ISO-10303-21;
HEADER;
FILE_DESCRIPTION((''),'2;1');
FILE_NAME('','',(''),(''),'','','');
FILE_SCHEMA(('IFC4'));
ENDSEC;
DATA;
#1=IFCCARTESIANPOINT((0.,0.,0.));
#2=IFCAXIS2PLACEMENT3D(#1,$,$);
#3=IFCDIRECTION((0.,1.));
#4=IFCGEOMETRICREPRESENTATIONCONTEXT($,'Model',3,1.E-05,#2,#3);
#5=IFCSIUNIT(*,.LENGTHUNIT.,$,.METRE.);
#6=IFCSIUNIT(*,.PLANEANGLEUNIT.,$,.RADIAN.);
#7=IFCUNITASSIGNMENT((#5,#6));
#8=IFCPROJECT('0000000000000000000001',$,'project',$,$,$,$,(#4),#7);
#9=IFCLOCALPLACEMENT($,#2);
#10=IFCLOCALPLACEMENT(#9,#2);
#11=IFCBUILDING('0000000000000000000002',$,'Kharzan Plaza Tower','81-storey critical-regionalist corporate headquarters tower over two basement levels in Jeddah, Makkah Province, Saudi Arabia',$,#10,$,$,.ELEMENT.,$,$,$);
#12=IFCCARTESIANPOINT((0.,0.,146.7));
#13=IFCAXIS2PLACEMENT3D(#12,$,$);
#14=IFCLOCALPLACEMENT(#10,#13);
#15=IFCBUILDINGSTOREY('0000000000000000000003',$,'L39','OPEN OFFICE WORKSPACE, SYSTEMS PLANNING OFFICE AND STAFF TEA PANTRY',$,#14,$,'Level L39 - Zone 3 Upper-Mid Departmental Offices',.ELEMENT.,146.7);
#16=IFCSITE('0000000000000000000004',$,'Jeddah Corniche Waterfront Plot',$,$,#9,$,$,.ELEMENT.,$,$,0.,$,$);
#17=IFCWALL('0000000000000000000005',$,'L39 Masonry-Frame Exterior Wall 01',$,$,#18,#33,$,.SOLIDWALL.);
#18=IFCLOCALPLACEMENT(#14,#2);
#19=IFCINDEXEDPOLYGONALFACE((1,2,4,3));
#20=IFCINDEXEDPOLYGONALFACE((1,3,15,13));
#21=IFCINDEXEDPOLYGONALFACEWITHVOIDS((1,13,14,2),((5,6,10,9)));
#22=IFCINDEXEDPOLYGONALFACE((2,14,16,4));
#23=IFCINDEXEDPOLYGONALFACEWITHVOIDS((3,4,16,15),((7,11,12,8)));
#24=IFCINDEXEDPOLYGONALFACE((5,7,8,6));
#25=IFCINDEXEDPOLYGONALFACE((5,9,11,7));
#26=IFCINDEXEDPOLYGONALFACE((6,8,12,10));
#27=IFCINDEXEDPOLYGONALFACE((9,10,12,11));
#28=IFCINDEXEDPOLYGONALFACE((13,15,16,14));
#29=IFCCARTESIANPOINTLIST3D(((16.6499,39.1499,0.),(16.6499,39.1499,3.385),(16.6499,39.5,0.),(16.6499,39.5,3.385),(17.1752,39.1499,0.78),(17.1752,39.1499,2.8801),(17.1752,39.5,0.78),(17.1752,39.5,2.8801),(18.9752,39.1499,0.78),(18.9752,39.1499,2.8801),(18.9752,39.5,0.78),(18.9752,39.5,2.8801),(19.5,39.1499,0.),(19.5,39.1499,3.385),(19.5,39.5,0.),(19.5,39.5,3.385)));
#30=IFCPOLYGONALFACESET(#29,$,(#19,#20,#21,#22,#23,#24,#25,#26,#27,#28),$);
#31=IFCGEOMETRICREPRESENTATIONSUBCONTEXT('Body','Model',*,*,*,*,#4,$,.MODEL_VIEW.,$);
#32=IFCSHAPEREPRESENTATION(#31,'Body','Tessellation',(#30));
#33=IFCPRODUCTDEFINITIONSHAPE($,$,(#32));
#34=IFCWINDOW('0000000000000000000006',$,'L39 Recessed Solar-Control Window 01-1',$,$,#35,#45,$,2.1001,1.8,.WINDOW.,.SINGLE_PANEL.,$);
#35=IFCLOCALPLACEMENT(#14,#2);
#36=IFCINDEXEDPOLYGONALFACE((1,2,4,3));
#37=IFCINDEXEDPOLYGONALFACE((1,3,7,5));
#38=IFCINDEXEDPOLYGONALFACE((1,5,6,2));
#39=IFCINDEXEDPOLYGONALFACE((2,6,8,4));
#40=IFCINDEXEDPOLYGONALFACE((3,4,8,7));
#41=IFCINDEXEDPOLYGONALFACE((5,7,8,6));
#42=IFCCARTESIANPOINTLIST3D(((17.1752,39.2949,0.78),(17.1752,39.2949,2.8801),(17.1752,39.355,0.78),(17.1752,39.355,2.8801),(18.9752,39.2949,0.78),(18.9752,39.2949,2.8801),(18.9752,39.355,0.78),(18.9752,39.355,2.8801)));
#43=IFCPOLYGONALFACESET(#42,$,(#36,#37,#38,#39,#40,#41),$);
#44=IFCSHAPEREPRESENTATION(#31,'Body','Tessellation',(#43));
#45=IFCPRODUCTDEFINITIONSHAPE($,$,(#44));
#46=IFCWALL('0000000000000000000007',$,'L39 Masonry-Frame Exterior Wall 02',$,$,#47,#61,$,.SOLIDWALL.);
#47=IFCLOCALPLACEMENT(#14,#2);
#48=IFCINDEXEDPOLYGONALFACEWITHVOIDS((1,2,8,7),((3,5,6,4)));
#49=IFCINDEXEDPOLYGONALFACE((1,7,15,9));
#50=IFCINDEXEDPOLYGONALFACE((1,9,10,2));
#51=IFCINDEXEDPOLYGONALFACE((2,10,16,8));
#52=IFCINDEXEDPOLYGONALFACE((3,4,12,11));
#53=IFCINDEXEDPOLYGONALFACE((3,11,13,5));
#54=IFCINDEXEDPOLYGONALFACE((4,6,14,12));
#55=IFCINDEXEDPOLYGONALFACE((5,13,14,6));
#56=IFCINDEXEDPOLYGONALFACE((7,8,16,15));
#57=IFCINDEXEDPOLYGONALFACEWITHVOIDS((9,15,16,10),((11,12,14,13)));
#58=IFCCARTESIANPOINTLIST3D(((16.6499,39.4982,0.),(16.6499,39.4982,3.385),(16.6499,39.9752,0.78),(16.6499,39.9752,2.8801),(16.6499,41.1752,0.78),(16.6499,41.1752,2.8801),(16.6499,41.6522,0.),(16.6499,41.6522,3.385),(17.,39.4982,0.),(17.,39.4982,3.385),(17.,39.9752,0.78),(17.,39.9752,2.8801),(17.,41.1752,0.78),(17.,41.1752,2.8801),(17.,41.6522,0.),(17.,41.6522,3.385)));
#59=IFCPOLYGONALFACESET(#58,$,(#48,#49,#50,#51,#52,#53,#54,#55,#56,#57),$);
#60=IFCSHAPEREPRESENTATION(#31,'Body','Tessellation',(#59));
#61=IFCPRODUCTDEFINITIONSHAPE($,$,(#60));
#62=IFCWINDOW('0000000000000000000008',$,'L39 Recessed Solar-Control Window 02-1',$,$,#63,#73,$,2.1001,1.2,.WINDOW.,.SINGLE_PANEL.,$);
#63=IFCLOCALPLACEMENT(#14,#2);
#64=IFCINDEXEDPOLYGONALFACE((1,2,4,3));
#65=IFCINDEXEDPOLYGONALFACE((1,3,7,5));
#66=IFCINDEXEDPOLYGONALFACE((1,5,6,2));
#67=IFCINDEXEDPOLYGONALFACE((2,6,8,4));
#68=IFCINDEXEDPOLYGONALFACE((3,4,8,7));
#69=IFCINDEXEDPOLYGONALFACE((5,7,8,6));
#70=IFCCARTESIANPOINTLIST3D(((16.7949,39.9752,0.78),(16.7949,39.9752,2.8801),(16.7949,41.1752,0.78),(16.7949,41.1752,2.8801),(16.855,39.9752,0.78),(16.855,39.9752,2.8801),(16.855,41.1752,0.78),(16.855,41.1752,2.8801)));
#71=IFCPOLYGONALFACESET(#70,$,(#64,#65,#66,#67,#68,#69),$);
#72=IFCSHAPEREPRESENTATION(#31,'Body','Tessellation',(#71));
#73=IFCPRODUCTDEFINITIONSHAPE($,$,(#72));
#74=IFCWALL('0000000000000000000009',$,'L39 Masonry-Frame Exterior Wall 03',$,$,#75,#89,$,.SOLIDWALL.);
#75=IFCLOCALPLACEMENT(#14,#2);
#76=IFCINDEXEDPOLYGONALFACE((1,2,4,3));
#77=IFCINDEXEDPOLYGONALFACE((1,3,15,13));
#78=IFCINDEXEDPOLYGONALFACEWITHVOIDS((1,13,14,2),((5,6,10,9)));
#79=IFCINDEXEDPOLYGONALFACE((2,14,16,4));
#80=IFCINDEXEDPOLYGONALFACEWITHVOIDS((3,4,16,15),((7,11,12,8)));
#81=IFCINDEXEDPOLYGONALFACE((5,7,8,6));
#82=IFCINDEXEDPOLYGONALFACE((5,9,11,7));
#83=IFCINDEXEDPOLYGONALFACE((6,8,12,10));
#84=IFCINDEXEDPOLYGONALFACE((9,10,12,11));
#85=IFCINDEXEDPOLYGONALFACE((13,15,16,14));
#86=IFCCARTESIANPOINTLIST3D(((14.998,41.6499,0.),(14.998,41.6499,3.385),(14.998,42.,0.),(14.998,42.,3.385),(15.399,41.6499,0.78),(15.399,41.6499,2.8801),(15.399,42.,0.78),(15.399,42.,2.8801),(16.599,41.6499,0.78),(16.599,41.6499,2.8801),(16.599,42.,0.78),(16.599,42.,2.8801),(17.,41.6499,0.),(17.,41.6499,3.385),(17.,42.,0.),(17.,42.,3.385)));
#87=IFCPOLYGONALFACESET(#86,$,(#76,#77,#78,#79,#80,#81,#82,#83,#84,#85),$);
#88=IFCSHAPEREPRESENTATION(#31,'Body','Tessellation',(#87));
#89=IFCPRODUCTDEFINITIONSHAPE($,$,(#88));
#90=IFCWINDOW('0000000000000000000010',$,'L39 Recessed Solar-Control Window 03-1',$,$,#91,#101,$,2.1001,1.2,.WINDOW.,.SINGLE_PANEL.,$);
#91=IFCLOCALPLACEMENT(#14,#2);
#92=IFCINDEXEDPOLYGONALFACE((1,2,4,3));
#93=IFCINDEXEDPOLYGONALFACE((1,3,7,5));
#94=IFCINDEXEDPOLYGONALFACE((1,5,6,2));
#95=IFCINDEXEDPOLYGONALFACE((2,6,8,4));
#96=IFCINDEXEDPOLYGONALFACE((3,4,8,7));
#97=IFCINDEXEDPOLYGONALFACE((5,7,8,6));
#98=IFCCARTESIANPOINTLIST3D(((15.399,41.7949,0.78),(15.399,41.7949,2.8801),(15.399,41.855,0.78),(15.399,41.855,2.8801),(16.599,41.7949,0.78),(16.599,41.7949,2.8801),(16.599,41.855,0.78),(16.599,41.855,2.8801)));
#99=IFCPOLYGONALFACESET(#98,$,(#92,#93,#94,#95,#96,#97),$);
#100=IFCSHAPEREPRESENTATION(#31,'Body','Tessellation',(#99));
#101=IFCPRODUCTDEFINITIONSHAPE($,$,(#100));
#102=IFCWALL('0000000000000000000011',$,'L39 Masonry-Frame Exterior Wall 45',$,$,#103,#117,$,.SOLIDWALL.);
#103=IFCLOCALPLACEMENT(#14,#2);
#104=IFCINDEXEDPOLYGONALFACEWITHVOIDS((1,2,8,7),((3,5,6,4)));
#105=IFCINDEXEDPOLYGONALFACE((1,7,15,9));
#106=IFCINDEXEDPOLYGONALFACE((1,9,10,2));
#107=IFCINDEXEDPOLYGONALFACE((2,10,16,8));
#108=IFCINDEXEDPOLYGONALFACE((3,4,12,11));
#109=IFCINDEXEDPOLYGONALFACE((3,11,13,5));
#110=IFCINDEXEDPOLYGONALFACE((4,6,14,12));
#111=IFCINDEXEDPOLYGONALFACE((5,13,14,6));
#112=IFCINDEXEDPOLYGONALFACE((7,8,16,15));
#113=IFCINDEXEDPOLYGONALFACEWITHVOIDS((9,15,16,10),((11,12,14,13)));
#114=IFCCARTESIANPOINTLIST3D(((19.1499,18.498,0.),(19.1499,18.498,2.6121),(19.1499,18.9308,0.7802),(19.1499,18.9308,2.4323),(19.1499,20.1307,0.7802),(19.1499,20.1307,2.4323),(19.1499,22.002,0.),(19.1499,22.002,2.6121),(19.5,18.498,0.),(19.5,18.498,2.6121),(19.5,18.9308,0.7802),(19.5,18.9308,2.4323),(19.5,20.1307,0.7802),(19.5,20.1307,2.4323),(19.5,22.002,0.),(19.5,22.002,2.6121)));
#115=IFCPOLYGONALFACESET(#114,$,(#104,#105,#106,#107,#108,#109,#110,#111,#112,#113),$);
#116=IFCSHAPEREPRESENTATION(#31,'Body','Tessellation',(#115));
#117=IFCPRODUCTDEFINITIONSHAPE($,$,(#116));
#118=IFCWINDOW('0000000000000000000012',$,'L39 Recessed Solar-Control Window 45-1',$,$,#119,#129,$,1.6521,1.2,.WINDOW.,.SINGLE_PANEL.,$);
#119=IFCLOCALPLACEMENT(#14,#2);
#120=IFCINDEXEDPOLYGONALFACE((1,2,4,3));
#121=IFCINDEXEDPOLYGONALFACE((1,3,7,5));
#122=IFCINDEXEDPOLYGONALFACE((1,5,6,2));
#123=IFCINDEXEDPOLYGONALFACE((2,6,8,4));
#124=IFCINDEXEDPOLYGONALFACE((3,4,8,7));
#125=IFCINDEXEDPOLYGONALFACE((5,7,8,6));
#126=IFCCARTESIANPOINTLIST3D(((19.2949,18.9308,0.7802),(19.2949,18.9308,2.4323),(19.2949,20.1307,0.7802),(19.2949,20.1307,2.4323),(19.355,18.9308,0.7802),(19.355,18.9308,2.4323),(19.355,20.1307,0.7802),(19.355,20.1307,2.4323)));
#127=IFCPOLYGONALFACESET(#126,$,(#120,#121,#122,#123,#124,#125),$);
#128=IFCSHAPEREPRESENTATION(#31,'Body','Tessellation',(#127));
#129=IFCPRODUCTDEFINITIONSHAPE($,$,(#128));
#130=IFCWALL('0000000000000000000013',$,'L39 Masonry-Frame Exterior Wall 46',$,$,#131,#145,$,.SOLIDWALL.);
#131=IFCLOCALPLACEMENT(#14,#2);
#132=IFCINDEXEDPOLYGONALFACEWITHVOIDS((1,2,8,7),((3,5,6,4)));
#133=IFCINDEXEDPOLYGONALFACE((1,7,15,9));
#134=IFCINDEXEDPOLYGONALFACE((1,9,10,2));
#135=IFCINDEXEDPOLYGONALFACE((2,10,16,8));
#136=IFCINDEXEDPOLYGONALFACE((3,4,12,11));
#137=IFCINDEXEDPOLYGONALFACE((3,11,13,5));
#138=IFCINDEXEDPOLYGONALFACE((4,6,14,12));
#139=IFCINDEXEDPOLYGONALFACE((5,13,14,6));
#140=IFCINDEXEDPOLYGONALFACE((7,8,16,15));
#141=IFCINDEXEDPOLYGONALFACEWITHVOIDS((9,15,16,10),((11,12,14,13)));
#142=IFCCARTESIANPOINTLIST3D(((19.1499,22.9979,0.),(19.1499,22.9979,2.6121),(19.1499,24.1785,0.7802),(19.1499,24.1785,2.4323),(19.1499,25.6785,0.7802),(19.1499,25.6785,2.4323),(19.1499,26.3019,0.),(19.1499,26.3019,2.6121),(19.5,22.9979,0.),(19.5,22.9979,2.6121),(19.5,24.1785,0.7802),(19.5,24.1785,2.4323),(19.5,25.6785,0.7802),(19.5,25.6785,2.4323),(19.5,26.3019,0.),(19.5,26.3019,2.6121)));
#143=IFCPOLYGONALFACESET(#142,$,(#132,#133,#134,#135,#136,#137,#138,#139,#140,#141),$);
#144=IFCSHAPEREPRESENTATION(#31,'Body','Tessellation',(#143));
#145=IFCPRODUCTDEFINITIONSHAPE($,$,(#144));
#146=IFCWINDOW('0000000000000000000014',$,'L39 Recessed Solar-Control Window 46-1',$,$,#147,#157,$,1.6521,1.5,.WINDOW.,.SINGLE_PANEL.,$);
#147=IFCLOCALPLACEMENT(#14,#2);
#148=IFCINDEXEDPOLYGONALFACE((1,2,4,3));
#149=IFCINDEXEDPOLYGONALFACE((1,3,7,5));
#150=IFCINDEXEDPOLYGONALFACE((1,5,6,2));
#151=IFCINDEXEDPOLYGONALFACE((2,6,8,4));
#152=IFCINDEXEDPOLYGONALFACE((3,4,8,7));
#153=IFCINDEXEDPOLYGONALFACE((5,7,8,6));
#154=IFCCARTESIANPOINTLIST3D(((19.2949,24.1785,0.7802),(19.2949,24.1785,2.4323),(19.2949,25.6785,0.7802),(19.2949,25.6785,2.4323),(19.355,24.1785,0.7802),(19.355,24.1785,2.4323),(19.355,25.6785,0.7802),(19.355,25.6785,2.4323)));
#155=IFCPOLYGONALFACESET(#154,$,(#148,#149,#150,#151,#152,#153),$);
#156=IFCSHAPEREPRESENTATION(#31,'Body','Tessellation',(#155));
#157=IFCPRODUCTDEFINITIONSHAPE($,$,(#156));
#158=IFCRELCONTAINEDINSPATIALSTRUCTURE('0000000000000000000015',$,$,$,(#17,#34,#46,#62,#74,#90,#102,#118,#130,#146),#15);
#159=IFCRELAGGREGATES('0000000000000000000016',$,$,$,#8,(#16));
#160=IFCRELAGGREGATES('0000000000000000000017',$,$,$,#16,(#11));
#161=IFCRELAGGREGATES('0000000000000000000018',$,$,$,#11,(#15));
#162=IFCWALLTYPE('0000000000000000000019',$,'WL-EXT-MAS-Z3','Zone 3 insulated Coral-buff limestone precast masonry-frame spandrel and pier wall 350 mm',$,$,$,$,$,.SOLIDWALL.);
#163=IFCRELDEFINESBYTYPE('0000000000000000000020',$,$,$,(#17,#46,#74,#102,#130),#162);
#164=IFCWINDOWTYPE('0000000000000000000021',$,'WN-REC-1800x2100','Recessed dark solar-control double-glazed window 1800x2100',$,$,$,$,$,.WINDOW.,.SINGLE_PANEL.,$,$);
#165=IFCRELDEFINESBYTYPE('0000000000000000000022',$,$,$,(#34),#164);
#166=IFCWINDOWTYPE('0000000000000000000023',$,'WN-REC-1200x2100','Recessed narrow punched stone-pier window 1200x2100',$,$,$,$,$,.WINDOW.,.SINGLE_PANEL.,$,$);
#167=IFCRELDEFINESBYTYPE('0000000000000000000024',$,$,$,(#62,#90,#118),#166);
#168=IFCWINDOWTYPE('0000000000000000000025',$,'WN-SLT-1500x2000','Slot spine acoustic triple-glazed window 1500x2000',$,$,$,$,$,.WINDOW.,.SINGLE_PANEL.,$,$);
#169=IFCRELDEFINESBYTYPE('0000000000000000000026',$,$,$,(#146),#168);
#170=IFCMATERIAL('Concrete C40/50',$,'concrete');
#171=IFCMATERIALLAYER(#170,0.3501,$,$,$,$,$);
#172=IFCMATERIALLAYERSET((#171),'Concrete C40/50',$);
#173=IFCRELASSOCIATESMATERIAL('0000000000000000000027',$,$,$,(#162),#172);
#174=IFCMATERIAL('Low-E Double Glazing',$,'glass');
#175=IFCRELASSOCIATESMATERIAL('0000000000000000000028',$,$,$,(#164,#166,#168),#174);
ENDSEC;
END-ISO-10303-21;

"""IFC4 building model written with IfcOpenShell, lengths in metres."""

from ifc_helpers import new_model, si_unit, direction, frame, frame_2d, origin, place, context, subcontext, project, spatial, rectangle, extrude, source, transform, mapped, material, layer, layer_set, type_object, element, fill, save


model = new_model("IFC4")

# Units and contexts
model_context = context("Model", 3, precision=1e-05, world=origin(), true_north=direction((0.0, 1.0)))
body_context = subcontext(model_context, "Body", "Model", "MODEL_VIEW")
ifc_project = project(units=[si_unit("LENGTHUNIT", "METRE"), si_unit("PLANEANGLEUNIT", "RADIAN")], contexts=[model_context])

# Site, building, storey
site_placement = place(None, origin())
site = spatial("IfcSite", under=ifc_project, at=site_placement, Name="Jeddah Corniche Waterfront Plot", CompositionType="ELEMENT", RefElevation=0.0)
building_placement = place(site_placement, origin())
building = spatial("IfcBuilding", under=site, at=building_placement, Name="Kharzan Plaza Tower", Description="81-storey critical-regionalist corporate headquarters tower over two basement levels in Jeddah, Makkah Province, Saudi Arabia", CompositionType="ELEMENT")
storey_placement = place(building_placement, frame((0.0, 0.0, 146.7)))
storey = spatial("IfcBuildingStorey", under=building, at=storey_placement, Name="L39", Description="OPEN OFFICE WORKSPACE, SYSTEMS PLANNING OFFICE AND STAFF TEA PANTRY", LongName="Level L39 - Zone 3 Upper-Mid Departmental Offices", CompositionType="ELEMENT", Elevation=146.7)

# Walls, openings, windows
ifc_material_1 = material(Name="Concrete C40/50", Category="concrete")
ifc_layer_1 = layer(ifc_material_1, 0.3501)
ifc_layer_set_1 = layer_set([ifc_layer_1], Name="Concrete C40/50")
wall_type_1 = type_object("IfcWallType", Name="WL-EXT-MAS-Z3", Description="Zone 3 insulated Coral-buff limestone precast masonry-frame spandrel and pier wall 350 mm", PredefinedType="SOLIDWALL", material=ifc_layer_set_1)
wall_1_placement = place(storey_placement, frame((19.5, 39.325, 0.0), z_axis=(0.0, 0.0, 1.0), x_axis=(-1.0, 0.0, 0.0)))
wall_1 = element("IfcWall", 1, at=wall_1_placement, inside=storey, type_object=wall_type_1, Name="L39 Masonry-Frame Exterior Wall 01", PredefinedType="SOLIDWALL", context=body_context, shape_type="SweptSolid", body=[
    extrude(rectangle(XDim=2.8501, YDim=0.3501, at=frame_2d((1.425, 0.0))), origin(), (0.0, 0.0, 1.0), 3.385),
])
opening_1_placement = place(wall_1_placement, frame((0.5249, 0.0, 0.78)))
opening_1 = element("IfcOpeningElement", 2, at=opening_1_placement, cuts=wall_1, PredefinedType="OPENING", context=body_context, shape_type="SweptSolid", body=[
    extrude(rectangle(XDim=1.8, YDim=2.1001, at=frame_2d((0.8999, 1.05))), frame((0.0, 0.1851, 0.0), z_axis=(0.0, -1.0, 0.0), x_axis=(1.0, 0.0, 0.0)), (0.0, 0.0, 1.0), 0.3701),
])
ifc_material_2 = material(Name="Low-E Double Glazing", Category="glass")
window_type_1 = type_object("IfcWindowType", Name="WN-REC-1800x2100", Description="Recessed dark solar-control double-glazed window 1800x2100", PartitioningType="SINGLE_PANEL", PredefinedType="WINDOW", material=ifc_material_2)
shared_shape_1 = source(origin(), body_context, "Body", "SweptSolid", [
    extrude(rectangle(XDim=1.8, YDim=2.1001, at=frame_2d((0.8999, 1.05))), frame((0.0, 0.03, 0.0), z_axis=(0.0, -1.0, 0.0), x_axis=(1.0, 0.0, 0.0)), (0.0, 0.0, 1.0), 0.0601),
])
window_1_placement = place(opening_1_placement, origin())
window_1 = element("IfcWindow", 3, at=window_1_placement, inside=storey, type_object=window_type_1, Name="L39 Recessed Solar-Control Window 01-1", OverallHeight=2.1001, OverallWidth=1.8, PartitioningType="SINGLE_PANEL", PredefinedType="WINDOW", context=body_context, shape_type="MappedRepresentation", body=[
    mapped(shared_shape_1, transform((0.0, 0.0, 0.0), x_axis=(1.0, 0.0, 0.0), y_axis=(0.0, 1.0, 0.0), z_axis=(0.0, 0.0, 1.0))),
])
fill(opening_1, window_1)
wall_2_placement = place(storey_placement, frame((16.825, 39.498, 0.0), z_axis=(0.0, 0.0, 1.0), x_axis=(0.0, 1.0, 0.0)))
wall_2 = element("IfcWall", 4, at=wall_2_placement, inside=storey, type_object=wall_type_1, Name="L39 Masonry-Frame Exterior Wall 02", PredefinedType="SOLIDWALL", context=body_context, shape_type="SweptSolid", body=[
    extrude(rectangle(XDim=2.1541, YDim=0.3501, at=frame_2d((1.0771, 0.0))), origin(), (0.0, 0.0, 1.0), 3.385),
])
opening_2_placement = place(wall_2_placement, frame((0.4771, 0.0, 0.78)))
opening_2 = element("IfcOpeningElement", 5, at=opening_2_placement, cuts=wall_2, PredefinedType="OPENING", context=body_context, shape_type="SweptSolid", body=[
    extrude(rectangle(XDim=1.2, YDim=2.1001, at=frame_2d((0.6001, 1.05))), frame((0.0, 0.1851, 0.0), z_axis=(0.0, -1.0, 0.0), x_axis=(1.0, 0.0, 0.0)), (0.0, 0.0, 1.0), 0.3701),
])
window_type_2 = type_object("IfcWindowType", Name="WN-REC-1200x2100", Description="Recessed narrow punched stone-pier window 1200x2100", PartitioningType="SINGLE_PANEL", PredefinedType="WINDOW", material=ifc_material_2)
shared_shape_2 = source(origin(), body_context, "Body", "SweptSolid", [
    extrude(rectangle(XDim=1.2, YDim=2.1001, at=frame_2d((0.6001, 1.05))), frame((0.0, 0.03, 0.0), z_axis=(0.0, -1.0, 0.0), x_axis=(1.0, 0.0, 0.0)), (0.0, 0.0, 1.0), 0.0601),
])
window_2_placement = place(opening_2_placement, origin())
window_2 = element("IfcWindow", 6, at=window_2_placement, inside=storey, type_object=window_type_2, Name="L39 Recessed Solar-Control Window 02-1", OverallHeight=2.1001, OverallWidth=1.2, PartitioningType="SINGLE_PANEL", PredefinedType="WINDOW", context=body_context, shape_type="MappedRepresentation", body=[
    mapped(shared_shape_2, transform((0.0, 0.0, 0.0), x_axis=(1.0, 0.0, 0.0), y_axis=(0.0, 1.0, 0.0), z_axis=(0.0, 0.0, 1.0))),
])
fill(opening_2, window_2)
wall_3_placement = place(storey_placement, frame((17.0, 41.825, 0.0), z_axis=(0.0, 0.0, 1.0), x_axis=(-1.0, 0.0, 0.0)))
wall_3 = element("IfcWall", 7, at=wall_3_placement, inside=storey, type_object=wall_type_1, Name="L39 Masonry-Frame Exterior Wall 03", PredefinedType="SOLIDWALL", context=body_context, shape_type="SweptSolid", body=[
    extrude(rectangle(XDim=2.002, YDim=0.3501, at=frame_2d((1.001, 0.0))), origin(), (0.0, 0.0, 1.0), 3.385),
])
opening_3_placement = place(wall_3_placement, frame((0.4009, 0.0, 0.78)))
opening_3 = element("IfcOpeningElement", 8, at=opening_3_placement, cuts=wall_3, PredefinedType="OPENING", context=body_context, shape_type="SweptSolid", body=[
    extrude(rectangle(XDim=1.2, YDim=2.1001, at=frame_2d((0.6001, 1.05))), frame((0.0, 0.1851, 0.0), z_axis=(0.0, -1.0, 0.0), x_axis=(1.0, 0.0, 0.0)), (0.0, 0.0, 1.0), 0.3701),
])
window_3_placement = place(opening_3_placement, origin())
window_3 = element("IfcWindow", 9, at=window_3_placement, inside=storey, type_object=window_type_2, Name="L39 Recessed Solar-Control Window 03-1", OverallHeight=2.1001, OverallWidth=1.2, PartitioningType="SINGLE_PANEL", PredefinedType="WINDOW", context=body_context, shape_type="MappedRepresentation", body=[
    mapped(shared_shape_2, transform((0.0, 0.0, 0.0), x_axis=(1.0, 0.0, 0.0), y_axis=(0.0, 1.0, 0.0), z_axis=(0.0, 0.0, 1.0))),
])
fill(opening_3, window_3)
wall_4_placement = place(storey_placement, frame((19.325, 18.498, 0.0), z_axis=(0.0, 0.0, 1.0), x_axis=(0.0, 1.0, 0.0)))
wall_4 = element("IfcWall", 10, at=wall_4_placement, inside=storey, type_object=wall_type_1, Name="L39 Masonry-Frame Exterior Wall 45", PredefinedType="SOLIDWALL", context=body_context, shape_type="SweptSolid", body=[
    extrude(rectangle(XDim=3.5039, YDim=0.3501, at=frame_2d((1.752, 0.0))), origin(), (0.0, 0.0, 1.0), 2.6121),
])
opening_4_placement = place(wall_4_placement, frame((0.4326, 0.0, 0.78)))
opening_4 = element("IfcOpeningElement", 11, at=opening_4_placement, cuts=wall_4, PredefinedType="OPENING", context=body_context, shape_type="SweptSolid", body=[
    extrude(rectangle(XDim=1.2, YDim=1.6521, at=frame_2d((0.6001, 0.8262))), frame((0.0, 0.1851, 0.0), z_axis=(0.0, -1.0, 0.0), x_axis=(1.0, 0.0, 0.0)), (0.0, 0.0, 1.0), 0.3701),
])
shared_shape_3 = source(origin(), body_context, "Body", "SweptSolid", [
    extrude(rectangle(XDim=1.2, YDim=1.6521, at=frame_2d((0.6001, 0.8262))), frame((0.0, 0.03, 0.0), z_axis=(0.0, -1.0, 0.0), x_axis=(1.0, 0.0, 0.0)), (0.0, 0.0, 1.0), 0.0601),
])
window_4_placement = place(opening_4_placement, origin())
window_4 = element("IfcWindow", 12, at=window_4_placement, inside=storey, type_object=window_type_2, Name="L39 Recessed Solar-Control Window 45-1", OverallHeight=1.6521, OverallWidth=1.2, PartitioningType="SINGLE_PANEL", PredefinedType="WINDOW", context=body_context, shape_type="MappedRepresentation", body=[
    mapped(shared_shape_3, transform((0.0, 0.0, 0.0), x_axis=(1.0, 0.0, 0.0), y_axis=(0.0, 1.0, 0.0), z_axis=(0.0, 0.0, 1.0))),
])
fill(opening_4, window_4)
wall_5_placement = place(storey_placement, frame((19.325, 22.998, 0.0), z_axis=(0.0, 0.0, 1.0), x_axis=(0.0, 1.0, 0.0)))
wall_5 = element("IfcWall", 13, at=wall_5_placement, inside=storey, type_object=wall_type_1, Name="L39 Masonry-Frame Exterior Wall 46", PredefinedType="SOLIDWALL", context=body_context, shape_type="SweptSolid", body=[
    extrude(rectangle(XDim=3.304, YDim=0.3501, at=frame_2d((1.6519, 0.0))), origin(), (0.0, 0.0, 1.0), 2.6121),
])
opening_5_placement = place(wall_5_placement, frame((1.1804, 0.0, 0.78)))
opening_5 = element("IfcOpeningElement", 14, at=opening_5_placement, cuts=wall_5, PredefinedType="OPENING", context=body_context, shape_type="SweptSolid", body=[
    extrude(rectangle(XDim=1.5, YDim=1.6521, at=frame_2d((0.75, 0.8262))), frame((0.0, 0.1851, 0.0), z_axis=(0.0, -1.0, 0.0), x_axis=(1.0, 0.0, 0.0)), (0.0, 0.0, 1.0), 0.3701),
])
window_type_3 = type_object("IfcWindowType", Name="WN-SLT-1500x2000", Description="Slot spine acoustic triple-glazed window 1500x2000", PartitioningType="SINGLE_PANEL", PredefinedType="WINDOW", material=ifc_material_2)
shared_shape_4 = source(origin(), body_context, "Body", "SweptSolid", [
    extrude(rectangle(XDim=1.5, YDim=1.6521, at=frame_2d((0.75, 0.8262))), frame((0.0, 0.03, 0.0), z_axis=(0.0, -1.0, 0.0), x_axis=(1.0, 0.0, 0.0)), (0.0, 0.0, 1.0), 0.0601),
])
window_5_placement = place(opening_5_placement, origin())
window_5 = element("IfcWindow", 15, at=window_5_placement, inside=storey, type_object=window_type_3, Name="L39 Recessed Solar-Control Window 46-1", OverallHeight=1.6521, OverallWidth=1.5, PartitioningType="SINGLE_PANEL", PredefinedType="WINDOW", context=body_context, shape_type="MappedRepresentation", body=[
    mapped(shared_shape_4, transform((0.0, 0.0, 0.0), x_axis=(1.0, 0.0, 0.0), y_axis=(0.0, 1.0, 0.0), z_axis=(0.0, 0.0, 1.0))),
])
fill(opening_5, window_5)

save(model, "model.ifc")
